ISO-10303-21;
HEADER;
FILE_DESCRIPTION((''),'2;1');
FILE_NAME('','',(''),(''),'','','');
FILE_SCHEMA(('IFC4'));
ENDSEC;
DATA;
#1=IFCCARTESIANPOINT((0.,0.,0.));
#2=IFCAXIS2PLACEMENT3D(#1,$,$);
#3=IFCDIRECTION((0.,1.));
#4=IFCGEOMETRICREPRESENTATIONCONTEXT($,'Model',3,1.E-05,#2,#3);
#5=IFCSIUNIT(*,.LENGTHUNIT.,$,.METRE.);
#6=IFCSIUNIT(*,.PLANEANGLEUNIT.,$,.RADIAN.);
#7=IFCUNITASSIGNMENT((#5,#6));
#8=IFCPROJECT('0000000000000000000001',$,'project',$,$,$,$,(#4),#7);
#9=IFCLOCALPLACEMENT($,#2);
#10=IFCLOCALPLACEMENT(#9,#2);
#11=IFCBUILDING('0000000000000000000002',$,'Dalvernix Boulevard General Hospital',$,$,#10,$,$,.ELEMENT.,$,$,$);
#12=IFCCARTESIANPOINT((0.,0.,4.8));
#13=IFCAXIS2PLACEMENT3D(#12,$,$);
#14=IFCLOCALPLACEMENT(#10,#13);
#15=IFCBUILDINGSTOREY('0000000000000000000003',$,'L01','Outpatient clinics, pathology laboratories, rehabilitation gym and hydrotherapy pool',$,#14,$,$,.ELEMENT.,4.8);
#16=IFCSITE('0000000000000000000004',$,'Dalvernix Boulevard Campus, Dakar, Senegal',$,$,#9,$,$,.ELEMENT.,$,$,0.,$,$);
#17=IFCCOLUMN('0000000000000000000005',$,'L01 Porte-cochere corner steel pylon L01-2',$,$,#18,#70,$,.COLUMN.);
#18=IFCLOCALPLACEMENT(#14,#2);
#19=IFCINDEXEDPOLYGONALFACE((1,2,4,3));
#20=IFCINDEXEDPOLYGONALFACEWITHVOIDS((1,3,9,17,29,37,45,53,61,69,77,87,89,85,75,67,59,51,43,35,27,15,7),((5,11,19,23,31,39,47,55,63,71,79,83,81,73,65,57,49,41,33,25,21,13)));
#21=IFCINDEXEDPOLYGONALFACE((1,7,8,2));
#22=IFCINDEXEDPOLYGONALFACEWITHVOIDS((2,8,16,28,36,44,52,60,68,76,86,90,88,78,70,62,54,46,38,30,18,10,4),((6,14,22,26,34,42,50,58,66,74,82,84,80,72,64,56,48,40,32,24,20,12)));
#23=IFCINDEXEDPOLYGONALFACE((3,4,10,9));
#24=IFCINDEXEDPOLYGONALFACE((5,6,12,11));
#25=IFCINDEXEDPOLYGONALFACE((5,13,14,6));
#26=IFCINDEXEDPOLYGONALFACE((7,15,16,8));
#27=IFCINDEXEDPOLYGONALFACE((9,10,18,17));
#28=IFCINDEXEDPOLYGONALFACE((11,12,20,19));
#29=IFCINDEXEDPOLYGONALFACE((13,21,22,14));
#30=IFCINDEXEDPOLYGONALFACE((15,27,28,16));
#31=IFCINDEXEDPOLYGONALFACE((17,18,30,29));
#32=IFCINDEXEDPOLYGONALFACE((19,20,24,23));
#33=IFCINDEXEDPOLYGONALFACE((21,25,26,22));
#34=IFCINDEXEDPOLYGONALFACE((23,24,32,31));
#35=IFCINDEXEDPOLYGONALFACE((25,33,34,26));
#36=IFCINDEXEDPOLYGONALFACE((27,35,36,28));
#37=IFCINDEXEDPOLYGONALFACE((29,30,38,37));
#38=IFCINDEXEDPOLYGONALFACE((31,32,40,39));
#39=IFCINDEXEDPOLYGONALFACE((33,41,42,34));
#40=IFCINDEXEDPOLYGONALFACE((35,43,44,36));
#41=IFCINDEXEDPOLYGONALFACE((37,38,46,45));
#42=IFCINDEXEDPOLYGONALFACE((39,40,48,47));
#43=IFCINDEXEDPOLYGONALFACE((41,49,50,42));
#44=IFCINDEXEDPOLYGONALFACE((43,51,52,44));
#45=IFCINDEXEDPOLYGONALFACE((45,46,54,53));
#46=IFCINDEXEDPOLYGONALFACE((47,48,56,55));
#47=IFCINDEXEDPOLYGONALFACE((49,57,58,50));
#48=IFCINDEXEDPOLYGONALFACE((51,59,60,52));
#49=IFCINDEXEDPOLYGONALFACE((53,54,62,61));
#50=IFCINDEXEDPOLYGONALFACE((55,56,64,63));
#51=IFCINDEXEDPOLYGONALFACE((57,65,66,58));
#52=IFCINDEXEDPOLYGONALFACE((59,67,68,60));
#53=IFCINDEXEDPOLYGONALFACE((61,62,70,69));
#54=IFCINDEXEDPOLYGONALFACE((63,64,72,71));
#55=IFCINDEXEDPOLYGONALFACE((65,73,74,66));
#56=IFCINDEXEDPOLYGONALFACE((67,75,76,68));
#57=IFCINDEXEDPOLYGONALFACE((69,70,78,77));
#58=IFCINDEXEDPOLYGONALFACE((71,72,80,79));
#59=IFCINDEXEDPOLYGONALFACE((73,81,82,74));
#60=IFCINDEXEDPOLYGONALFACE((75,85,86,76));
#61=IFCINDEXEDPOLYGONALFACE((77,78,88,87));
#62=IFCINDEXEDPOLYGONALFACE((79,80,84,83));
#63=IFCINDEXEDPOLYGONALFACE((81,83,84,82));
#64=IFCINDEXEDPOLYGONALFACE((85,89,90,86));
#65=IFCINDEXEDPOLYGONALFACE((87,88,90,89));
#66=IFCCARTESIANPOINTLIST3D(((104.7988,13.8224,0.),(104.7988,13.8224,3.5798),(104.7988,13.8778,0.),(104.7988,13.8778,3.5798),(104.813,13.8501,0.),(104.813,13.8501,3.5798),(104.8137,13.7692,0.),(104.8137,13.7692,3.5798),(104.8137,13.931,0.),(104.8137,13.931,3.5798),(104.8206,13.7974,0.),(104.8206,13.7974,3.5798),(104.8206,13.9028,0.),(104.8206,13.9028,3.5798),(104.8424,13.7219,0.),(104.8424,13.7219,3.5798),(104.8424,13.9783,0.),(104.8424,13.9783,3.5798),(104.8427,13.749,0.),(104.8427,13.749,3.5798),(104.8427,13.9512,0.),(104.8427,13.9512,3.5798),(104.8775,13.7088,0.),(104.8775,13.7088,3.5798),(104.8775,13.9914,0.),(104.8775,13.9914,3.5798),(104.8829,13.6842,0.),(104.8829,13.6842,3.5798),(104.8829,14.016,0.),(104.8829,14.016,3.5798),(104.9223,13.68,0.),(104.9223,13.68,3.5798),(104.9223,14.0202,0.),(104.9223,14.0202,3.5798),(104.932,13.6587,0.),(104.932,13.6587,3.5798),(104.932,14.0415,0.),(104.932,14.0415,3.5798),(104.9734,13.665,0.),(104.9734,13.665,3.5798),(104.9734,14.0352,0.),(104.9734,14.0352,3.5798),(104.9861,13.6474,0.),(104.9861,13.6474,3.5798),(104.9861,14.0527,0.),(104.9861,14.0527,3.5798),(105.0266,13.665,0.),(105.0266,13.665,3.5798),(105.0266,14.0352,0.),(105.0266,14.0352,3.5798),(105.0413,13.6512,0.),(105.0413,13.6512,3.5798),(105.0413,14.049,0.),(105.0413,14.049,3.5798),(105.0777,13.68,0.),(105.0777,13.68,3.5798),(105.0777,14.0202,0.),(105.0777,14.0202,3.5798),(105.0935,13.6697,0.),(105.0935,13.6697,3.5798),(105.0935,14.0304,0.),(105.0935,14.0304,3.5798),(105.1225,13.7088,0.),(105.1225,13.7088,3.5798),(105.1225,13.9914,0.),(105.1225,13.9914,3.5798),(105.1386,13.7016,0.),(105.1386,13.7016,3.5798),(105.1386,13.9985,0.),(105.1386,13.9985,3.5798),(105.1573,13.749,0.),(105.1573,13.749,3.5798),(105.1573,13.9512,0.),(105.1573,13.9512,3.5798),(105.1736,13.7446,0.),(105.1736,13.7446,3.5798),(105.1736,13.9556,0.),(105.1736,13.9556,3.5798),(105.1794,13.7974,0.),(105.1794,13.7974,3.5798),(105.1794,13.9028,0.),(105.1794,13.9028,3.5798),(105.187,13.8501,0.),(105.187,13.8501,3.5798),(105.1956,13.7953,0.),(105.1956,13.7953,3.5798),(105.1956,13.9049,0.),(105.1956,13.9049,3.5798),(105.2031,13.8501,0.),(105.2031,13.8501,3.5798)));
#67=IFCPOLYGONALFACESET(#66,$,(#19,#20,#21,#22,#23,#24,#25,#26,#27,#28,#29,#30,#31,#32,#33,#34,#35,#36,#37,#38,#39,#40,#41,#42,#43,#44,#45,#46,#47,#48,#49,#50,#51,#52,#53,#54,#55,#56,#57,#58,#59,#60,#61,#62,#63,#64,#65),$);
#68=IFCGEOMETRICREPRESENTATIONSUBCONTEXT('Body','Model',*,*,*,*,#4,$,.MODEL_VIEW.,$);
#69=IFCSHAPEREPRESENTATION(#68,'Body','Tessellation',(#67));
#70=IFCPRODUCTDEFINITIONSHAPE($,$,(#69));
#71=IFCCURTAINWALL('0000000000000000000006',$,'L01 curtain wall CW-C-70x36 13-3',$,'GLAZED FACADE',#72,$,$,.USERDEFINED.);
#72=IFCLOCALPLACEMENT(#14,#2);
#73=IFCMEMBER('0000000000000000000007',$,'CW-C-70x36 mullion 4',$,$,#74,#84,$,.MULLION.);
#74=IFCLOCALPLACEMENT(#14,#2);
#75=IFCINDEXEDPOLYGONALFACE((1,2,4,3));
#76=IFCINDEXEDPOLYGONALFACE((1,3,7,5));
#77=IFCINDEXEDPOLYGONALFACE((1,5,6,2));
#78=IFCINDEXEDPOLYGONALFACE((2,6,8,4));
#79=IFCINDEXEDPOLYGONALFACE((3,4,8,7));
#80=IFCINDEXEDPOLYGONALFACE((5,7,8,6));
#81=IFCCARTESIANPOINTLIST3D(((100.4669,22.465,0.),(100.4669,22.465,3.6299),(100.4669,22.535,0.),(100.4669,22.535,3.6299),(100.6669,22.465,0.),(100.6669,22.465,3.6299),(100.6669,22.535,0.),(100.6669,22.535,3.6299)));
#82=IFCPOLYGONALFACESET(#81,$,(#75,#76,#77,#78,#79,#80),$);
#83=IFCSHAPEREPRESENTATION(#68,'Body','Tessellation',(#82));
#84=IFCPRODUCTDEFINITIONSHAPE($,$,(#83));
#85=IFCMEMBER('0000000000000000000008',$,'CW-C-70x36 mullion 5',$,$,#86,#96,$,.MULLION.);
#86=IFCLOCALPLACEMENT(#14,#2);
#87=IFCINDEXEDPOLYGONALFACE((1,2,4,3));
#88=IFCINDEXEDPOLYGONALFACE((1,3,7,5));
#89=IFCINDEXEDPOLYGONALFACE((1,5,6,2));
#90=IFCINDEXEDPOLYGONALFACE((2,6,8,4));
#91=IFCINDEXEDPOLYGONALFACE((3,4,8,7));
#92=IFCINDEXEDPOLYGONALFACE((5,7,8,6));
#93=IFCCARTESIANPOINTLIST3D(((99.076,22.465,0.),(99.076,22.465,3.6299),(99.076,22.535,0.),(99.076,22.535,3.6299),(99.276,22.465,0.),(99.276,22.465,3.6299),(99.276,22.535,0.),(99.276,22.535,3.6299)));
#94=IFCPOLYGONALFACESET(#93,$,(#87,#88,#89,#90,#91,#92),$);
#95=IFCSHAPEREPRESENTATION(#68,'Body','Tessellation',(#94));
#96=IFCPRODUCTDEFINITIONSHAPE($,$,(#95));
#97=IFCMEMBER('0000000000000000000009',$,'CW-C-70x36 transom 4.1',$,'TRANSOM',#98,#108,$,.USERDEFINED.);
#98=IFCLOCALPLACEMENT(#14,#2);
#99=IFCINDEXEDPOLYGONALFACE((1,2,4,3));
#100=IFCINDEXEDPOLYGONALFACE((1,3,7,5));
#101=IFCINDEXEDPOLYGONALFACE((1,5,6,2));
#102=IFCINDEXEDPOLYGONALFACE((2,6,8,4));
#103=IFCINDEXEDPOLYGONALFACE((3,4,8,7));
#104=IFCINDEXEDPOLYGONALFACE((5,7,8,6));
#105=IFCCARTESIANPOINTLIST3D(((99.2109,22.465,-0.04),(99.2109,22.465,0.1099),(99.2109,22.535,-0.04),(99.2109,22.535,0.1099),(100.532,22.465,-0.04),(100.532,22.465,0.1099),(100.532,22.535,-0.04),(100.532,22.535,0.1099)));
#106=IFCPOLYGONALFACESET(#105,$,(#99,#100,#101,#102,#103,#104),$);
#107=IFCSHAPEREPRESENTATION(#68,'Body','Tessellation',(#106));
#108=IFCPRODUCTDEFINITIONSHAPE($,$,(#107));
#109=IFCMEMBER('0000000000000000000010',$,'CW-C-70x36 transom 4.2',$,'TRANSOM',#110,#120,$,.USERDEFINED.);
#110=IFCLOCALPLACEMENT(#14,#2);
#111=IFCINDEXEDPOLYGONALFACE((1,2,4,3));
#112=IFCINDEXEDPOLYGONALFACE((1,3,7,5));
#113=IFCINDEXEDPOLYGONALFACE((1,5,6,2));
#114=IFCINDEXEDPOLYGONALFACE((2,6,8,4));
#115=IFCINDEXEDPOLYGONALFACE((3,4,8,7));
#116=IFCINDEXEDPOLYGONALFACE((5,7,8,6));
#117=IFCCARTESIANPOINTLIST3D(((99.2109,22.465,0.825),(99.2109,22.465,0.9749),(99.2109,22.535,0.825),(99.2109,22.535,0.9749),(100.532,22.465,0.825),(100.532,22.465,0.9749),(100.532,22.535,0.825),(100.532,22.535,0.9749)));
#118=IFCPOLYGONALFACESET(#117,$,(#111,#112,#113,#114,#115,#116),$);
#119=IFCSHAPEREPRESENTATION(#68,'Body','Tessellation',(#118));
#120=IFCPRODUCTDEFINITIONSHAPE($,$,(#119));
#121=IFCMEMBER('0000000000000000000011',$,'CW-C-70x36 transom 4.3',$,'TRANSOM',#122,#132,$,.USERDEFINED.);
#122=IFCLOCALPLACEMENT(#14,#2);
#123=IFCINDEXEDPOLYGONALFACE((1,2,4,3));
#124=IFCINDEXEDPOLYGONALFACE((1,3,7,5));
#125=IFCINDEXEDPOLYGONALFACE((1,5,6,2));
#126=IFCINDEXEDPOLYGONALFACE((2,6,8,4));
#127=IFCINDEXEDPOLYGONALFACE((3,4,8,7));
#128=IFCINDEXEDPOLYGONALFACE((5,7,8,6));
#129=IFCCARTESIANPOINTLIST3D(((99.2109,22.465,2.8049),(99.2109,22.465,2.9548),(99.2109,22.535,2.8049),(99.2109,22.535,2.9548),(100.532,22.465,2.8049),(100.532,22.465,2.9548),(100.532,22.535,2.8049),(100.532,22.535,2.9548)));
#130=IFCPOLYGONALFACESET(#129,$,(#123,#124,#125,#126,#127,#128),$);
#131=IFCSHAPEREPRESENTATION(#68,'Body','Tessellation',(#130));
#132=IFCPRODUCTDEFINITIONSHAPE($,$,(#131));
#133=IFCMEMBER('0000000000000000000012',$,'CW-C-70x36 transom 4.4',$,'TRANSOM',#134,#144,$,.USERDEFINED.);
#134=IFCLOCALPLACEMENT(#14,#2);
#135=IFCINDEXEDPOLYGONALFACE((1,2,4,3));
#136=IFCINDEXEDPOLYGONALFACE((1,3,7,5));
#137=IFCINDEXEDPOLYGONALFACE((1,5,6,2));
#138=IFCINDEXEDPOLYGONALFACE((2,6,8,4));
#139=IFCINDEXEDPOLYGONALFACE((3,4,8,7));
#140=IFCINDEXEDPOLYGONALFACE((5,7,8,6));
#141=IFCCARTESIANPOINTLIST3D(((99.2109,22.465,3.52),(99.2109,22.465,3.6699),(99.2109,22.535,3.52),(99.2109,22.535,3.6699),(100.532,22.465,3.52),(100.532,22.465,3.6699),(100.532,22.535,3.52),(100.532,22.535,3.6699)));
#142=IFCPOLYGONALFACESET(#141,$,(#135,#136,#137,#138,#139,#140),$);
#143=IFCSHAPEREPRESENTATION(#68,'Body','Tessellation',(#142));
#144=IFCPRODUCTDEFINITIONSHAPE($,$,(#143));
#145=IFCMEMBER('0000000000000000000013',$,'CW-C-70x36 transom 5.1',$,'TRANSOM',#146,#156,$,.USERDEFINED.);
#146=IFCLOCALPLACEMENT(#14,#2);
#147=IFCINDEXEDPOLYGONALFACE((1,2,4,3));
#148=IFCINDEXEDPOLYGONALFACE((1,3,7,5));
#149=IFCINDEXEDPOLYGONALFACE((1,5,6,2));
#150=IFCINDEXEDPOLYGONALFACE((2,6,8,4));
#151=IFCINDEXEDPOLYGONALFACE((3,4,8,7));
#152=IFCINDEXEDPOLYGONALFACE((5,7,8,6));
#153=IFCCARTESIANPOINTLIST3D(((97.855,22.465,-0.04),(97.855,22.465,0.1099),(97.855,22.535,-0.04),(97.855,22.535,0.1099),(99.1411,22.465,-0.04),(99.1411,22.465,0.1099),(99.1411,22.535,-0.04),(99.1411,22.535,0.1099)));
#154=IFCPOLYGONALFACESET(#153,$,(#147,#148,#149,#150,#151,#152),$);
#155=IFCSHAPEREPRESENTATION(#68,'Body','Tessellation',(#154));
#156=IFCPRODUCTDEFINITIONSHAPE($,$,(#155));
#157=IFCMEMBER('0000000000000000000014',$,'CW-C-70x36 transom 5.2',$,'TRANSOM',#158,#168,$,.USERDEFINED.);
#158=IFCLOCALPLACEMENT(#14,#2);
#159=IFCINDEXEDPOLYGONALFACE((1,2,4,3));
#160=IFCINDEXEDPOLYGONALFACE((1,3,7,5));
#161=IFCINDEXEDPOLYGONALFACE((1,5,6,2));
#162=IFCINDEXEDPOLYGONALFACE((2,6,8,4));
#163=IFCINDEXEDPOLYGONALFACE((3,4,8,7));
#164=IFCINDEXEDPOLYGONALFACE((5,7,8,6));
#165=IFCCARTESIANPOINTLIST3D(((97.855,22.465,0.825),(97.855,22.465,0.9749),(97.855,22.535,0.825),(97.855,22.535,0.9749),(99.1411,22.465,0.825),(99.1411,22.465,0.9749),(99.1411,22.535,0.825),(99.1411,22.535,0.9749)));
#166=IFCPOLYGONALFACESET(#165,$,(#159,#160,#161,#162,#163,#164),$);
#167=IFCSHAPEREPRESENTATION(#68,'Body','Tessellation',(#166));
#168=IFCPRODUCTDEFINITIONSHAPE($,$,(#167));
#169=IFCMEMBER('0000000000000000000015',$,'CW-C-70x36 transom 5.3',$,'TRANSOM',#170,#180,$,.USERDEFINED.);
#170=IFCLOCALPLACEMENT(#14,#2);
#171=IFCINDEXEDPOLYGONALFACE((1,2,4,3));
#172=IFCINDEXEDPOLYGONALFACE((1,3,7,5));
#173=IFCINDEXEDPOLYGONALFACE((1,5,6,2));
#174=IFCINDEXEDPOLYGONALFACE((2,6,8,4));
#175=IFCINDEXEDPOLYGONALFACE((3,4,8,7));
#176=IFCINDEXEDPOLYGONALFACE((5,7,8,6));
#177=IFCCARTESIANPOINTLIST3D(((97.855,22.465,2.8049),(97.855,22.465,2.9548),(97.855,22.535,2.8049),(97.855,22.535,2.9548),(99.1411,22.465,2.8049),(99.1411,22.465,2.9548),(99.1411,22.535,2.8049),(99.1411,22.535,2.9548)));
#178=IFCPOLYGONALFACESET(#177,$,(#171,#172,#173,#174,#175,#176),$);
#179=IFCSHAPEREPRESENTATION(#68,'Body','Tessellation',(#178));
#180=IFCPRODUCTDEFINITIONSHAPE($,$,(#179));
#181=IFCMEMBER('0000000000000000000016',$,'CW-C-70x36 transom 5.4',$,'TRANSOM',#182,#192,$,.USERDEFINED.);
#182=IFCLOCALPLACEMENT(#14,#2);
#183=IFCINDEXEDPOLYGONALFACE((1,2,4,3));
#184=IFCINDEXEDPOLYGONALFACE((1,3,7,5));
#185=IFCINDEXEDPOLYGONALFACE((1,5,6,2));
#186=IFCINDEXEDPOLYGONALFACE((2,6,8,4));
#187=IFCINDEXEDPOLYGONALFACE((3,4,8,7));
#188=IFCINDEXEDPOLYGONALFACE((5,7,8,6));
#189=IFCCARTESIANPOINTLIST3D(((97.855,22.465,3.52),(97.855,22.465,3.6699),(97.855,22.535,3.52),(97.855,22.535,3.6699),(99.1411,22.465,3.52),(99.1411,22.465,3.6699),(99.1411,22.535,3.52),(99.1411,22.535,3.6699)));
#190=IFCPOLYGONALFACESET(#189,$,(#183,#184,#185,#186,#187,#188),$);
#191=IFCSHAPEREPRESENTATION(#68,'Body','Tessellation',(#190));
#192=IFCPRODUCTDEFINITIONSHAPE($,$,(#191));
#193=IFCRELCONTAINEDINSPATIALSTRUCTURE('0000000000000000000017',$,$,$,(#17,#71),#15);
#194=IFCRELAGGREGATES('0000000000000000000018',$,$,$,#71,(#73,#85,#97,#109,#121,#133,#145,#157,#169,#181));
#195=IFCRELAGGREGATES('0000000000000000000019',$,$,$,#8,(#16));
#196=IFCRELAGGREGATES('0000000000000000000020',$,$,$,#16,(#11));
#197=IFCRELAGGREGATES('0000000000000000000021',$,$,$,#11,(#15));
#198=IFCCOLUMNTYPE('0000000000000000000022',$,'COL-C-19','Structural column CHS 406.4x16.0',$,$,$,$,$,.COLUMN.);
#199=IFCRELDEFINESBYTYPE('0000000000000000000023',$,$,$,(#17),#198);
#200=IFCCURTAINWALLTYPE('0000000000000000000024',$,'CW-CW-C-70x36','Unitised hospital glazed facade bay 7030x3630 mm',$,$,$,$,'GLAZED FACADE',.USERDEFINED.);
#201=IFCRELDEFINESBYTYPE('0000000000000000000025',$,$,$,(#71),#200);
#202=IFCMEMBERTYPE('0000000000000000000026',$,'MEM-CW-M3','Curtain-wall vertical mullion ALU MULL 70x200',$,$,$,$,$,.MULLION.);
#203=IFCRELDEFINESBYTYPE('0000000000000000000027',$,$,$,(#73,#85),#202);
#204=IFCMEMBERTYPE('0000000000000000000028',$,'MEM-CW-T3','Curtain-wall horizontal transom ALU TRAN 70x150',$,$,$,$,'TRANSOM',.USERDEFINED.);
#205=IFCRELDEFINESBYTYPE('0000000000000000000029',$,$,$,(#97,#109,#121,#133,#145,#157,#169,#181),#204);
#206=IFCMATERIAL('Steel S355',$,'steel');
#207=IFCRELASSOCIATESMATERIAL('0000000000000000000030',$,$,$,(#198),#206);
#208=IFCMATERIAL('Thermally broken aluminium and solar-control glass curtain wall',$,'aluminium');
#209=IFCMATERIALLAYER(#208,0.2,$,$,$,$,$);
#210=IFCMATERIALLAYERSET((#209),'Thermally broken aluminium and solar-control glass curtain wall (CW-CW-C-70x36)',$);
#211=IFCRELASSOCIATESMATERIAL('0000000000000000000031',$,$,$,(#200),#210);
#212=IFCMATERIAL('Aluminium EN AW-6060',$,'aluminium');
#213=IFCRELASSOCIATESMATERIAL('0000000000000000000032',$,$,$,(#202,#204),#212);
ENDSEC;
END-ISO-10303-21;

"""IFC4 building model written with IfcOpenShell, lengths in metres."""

from ifc_helpers import new_model, si_unit, direction, frame, origin, origin_2d, place, context, subcontext, project, spatial, rectangle, hollow_circle, extrude, material, layer, layer_set, material_profile, profile_set, type_object, element, aggregate, save


model = new_model("IFC4")

# Units and contexts
model_context = context("Model", 3, precision=1e-05, world=origin(), true_north=direction((0.0, 1.0)))
body_context = subcontext(model_context, "Body", "Model", "MODEL_VIEW")
ifc_project = project(units=[si_unit("LENGTHUNIT", "METRE"), si_unit("PLANEANGLEUNIT", "RADIAN")], contexts=[model_context])

# Site, building, storey
site_placement = place(None, origin())
site = spatial("IfcSite", under=ifc_project, at=site_placement, Name="Dalvernix Boulevard Campus, Dakar, Senegal", CompositionType="ELEMENT", RefElevation=0.0)
building_placement = place(site_placement, origin())
building = spatial("IfcBuilding", under=site, at=building_placement, Name="Dalvernix Boulevard General Hospital", CompositionType="ELEMENT")
storey_placement = place(building_placement, frame((0.0, 0.0, 4.8)))
storey = spatial("IfcBuildingStorey", under=building, at=storey_placement, Name="L01", Description="Outpatient clinics, pathology laboratories, rehabilitation gym and hydrotherapy pool", CompositionType="ELEMENT", Elevation=4.8)

# Column
ifc_material_1 = material(Name="Steel S355", Category="steel")
ifc_material_profile_1 = material_profile(ifc_material_1, hollow_circle(Radius=0.2031, WallThickness=0.0161, at=origin_2d()), Name="CHS 406.4x16.0")
ifc_profile_set_1 = profile_set([ifc_material_profile_1], Name="Steel S355")
column_type = type_object("IfcColumnType", Name="COL-C-19", Description="Structural column CHS 406.4x16.0", PredefinedType="COLUMN", material=ifc_profile_set_1)
column_placement = place(storey_placement, frame((105.0, 13.8501, 0.0), z_axis=(0.0, 0.0, 1.0), x_axis=(1.0, 0.0, 0.0)))
element("IfcColumn", 1, at=column_placement, inside=storey, type_object=column_type, Name="L01 Porte-cochere corner steel pylon L01-2", PredefinedType="COLUMN", context=body_context, shape_type="SweptSolid", body=[
    extrude(hollow_circle(Radius=0.2031, WallThickness=0.0161, at=origin_2d()), origin(), (0.0, 0.0, 1.0), 3.5798),
])

# Curtain wall, members
ifc_material_2 = material(Name="Thermally broken aluminium and solar-control glass curtain wall", Category="aluminium")
ifc_layer_1 = layer(ifc_material_2, 0.2)
ifc_layer_set_1 = layer_set([ifc_layer_1], Name="Thermally broken aluminium and solar-control glass curtain wall (CW-CW-C-70x36)")
curtain_wall_type = type_object("IfcCurtainWallType", Name="CW-CW-C-70x36", Description="Unitised hospital glazed facade bay 7030x3630 mm", ElementType="GLAZED FACADE", PredefinedType="USERDEFINED", material=ifc_layer_set_1)
curtain_wall_placement = place(storey_placement, origin())
curtain_wall = element("IfcCurtainWall", 2, at=curtain_wall_placement, inside=storey, type_object=curtain_wall_type, Name="L01 curtain wall CW-C-70x36 13-3", ObjectType="GLAZED FACADE", PredefinedType="USERDEFINED")
ifc_material_3 = material(Name="Aluminium EN AW-6060", Category="aluminium")
ifc_material_profile_2 = material_profile(ifc_material_3, rectangle(XDim=0.0701, YDim=0.2, at=origin_2d()), Name="ALU MULL 70x200")
ifc_profile_set_2 = profile_set([ifc_material_profile_2], Name="Aluminium EN AW-6060")
member_type_1 = type_object("IfcMemberType", Name="MEM-CW-M3", Description="Curtain-wall vertical mullion ALU MULL 70x200", PredefinedType="MULLION", material=ifc_profile_set_2)
member_1_placement = place(storey_placement, frame((100.5669, 22.5, 0.0), z_axis=(0.0, 0.0, 1.0), x_axis=(0.0, -1.0, 0.0)))
member_1 = element("IfcMember", 3, at=member_1_placement, type_object=member_type_1, Name="CW-C-70x36 mullion 4", PredefinedType="MULLION", context=body_context, shape_type="SweptSolid", body=[
    extrude(rectangle(XDim=0.0701, YDim=0.2, at=origin_2d()), origin(), (0.0, 0.0, 1.0), 3.6299),
])
member_2_placement = place(storey_placement, frame((99.176, 22.5, 0.0), z_axis=(0.0, 0.0, 1.0), x_axis=(0.0, -1.0, 0.0)))
member_2 = element("IfcMember", 4, at=member_2_placement, type_object=member_type_1, Name="CW-C-70x36 mullion 5", PredefinedType="MULLION", context=body_context, shape_type="SweptSolid", body=[
    extrude(rectangle(XDim=0.0701, YDim=0.2, at=origin_2d()), origin(), (0.0, 0.0, 1.0), 3.6299),
])
ifc_material_profile_3 = material_profile(ifc_material_3, rectangle(XDim=0.0701, YDim=0.1499, at=origin_2d()), Name="ALU TRAN 70x150")
ifc_profile_set_3 = profile_set([ifc_material_profile_3], Name="Aluminium EN AW-6060")
member_type_2 = type_object("IfcMemberType", Name="MEM-CW-T3", Description="Curtain-wall horizontal transom ALU TRAN 70x150", ElementType="TRANSOM", PredefinedType="USERDEFINED", material=ifc_profile_set_3)
member_3_placement = place(storey_placement, frame((100.532, 22.5, 0.0349), z_axis=(-1.0, 0.0, 0.0), x_axis=(0.0, -1.0, 0.0)))
member_3 = element("IfcMember", 5, at=member_3_placement, type_object=member_type_2, Name="CW-C-70x36 transom 4.1", ObjectType="TRANSOM", PredefinedType="USERDEFINED", context=body_context, shape_type="SweptSolid", body=[
    extrude(rectangle(XDim=0.0701, YDim=0.1499, at=origin_2d()), origin(), (0.0, 0.0, 1.0), 1.321),
])
member_4_placement = place(storey_placement, frame((100.532, 22.5, 0.8999), z_axis=(-1.0, 0.0, 0.0), x_axis=(0.0, -1.0, 0.0)))
member_4 = element("IfcMember", 6, at=member_4_placement, type_object=member_type_2, Name="CW-C-70x36 transom 4.2", ObjectType="TRANSOM", PredefinedType="USERDEFINED", context=body_context, shape_type="SweptSolid", body=[
    extrude(rectangle(XDim=0.0701, YDim=0.1499, at=origin_2d()), origin(), (0.0, 0.0, 1.0), 1.321),
])
member_5_placement = place(storey_placement, frame((100.532, 22.5, 2.8799), z_axis=(-1.0, 0.0, 0.0), x_axis=(0.0, -1.0, 0.0)))
member_5 = element("IfcMember", 7, at=member_5_placement, type_object=member_type_2, Name="CW-C-70x36 transom 4.3", ObjectType="TRANSOM", PredefinedType="USERDEFINED", context=body_context, shape_type="SweptSolid", body=[
    extrude(rectangle(XDim=0.0701, YDim=0.1499, at=origin_2d()), origin(), (0.0, 0.0, 1.0), 1.321),
])
member_6_placement = place(storey_placement, frame((100.532, 22.5, 3.595), z_axis=(-1.0, 0.0, 0.0), x_axis=(0.0, -1.0, 0.0)))
member_6 = element("IfcMember", 8, at=member_6_placement, type_object=member_type_2, Name="CW-C-70x36 transom 4.4", ObjectType="TRANSOM", PredefinedType="USERDEFINED", context=body_context, shape_type="SweptSolid", body=[
    extrude(rectangle(XDim=0.0701, YDim=0.1499, at=origin_2d()), origin(), (0.0, 0.0, 1.0), 1.321),
])
member_7_placement = place(storey_placement, frame((99.1411, 22.5, 0.0349), z_axis=(-1.0, 0.0, 0.0), x_axis=(0.0, -1.0, 0.0)))
member_7 = element("IfcMember", 9, at=member_7_placement, type_object=member_type_2, Name="CW-C-70x36 transom 5.1", ObjectType="TRANSOM", PredefinedType="USERDEFINED", context=body_context, shape_type="SweptSolid", body=[
    extrude(rectangle(XDim=0.0701, YDim=0.1499, at=origin_2d()), origin(), (0.0, 0.0, 1.0), 1.2861),
])
member_8_placement = place(storey_placement, frame((99.1411, 22.5, 0.8999), z_axis=(-1.0, 0.0, 0.0), x_axis=(0.0, -1.0, 0.0)))
member_8 = element("IfcMember", 10, at=member_8_placement, type_object=member_type_2, Name="CW-C-70x36 transom 5.2", ObjectType="TRANSOM", PredefinedType="USERDEFINED", context=body_context, shape_type="SweptSolid", body=[
    extrude(rectangle(XDim=0.0701, YDim=0.1499, at=origin_2d()), origin(), (0.0, 0.0, 1.0), 1.2861),
])
member_9_placement = place(storey_placement, frame((99.1411, 22.5, 2.8799), z_axis=(-1.0, 0.0, 0.0), x_axis=(0.0, -1.0, 0.0)))
member_9 = element("IfcMember", 11, at=member_9_placement, type_object=member_type_2, Name="CW-C-70x36 transom 5.3", ObjectType="TRANSOM", PredefinedType="USERDEFINED", context=body_context, shape_type="SweptSolid", body=[
    extrude(rectangle(XDim=0.0701, YDim=0.1499, at=origin_2d()), origin(), (0.0, 0.0, 1.0), 1.2861),
])
member_10_placement = place(storey_placement, frame((99.1411, 22.5, 3.595), z_axis=(-1.0, 0.0, 0.0), x_axis=(0.0, -1.0, 0.0)))
member_10 = element("IfcMember", 12, at=member_10_placement, type_object=member_type_2, Name="CW-C-70x36 transom 5.4", ObjectType="TRANSOM", PredefinedType="USERDEFINED", context=body_context, shape_type="SweptSolid", body=[
    extrude(rectangle(XDim=0.0701, YDim=0.1499, at=origin_2d()), origin(), (0.0, 0.0, 1.0), 1.2861),
])

aggregate(curtain_wall, [member_1, member_2, member_3, member_4, member_5, member_6, member_7, member_8, member_9, member_10])

save(model, "model.ifc")
